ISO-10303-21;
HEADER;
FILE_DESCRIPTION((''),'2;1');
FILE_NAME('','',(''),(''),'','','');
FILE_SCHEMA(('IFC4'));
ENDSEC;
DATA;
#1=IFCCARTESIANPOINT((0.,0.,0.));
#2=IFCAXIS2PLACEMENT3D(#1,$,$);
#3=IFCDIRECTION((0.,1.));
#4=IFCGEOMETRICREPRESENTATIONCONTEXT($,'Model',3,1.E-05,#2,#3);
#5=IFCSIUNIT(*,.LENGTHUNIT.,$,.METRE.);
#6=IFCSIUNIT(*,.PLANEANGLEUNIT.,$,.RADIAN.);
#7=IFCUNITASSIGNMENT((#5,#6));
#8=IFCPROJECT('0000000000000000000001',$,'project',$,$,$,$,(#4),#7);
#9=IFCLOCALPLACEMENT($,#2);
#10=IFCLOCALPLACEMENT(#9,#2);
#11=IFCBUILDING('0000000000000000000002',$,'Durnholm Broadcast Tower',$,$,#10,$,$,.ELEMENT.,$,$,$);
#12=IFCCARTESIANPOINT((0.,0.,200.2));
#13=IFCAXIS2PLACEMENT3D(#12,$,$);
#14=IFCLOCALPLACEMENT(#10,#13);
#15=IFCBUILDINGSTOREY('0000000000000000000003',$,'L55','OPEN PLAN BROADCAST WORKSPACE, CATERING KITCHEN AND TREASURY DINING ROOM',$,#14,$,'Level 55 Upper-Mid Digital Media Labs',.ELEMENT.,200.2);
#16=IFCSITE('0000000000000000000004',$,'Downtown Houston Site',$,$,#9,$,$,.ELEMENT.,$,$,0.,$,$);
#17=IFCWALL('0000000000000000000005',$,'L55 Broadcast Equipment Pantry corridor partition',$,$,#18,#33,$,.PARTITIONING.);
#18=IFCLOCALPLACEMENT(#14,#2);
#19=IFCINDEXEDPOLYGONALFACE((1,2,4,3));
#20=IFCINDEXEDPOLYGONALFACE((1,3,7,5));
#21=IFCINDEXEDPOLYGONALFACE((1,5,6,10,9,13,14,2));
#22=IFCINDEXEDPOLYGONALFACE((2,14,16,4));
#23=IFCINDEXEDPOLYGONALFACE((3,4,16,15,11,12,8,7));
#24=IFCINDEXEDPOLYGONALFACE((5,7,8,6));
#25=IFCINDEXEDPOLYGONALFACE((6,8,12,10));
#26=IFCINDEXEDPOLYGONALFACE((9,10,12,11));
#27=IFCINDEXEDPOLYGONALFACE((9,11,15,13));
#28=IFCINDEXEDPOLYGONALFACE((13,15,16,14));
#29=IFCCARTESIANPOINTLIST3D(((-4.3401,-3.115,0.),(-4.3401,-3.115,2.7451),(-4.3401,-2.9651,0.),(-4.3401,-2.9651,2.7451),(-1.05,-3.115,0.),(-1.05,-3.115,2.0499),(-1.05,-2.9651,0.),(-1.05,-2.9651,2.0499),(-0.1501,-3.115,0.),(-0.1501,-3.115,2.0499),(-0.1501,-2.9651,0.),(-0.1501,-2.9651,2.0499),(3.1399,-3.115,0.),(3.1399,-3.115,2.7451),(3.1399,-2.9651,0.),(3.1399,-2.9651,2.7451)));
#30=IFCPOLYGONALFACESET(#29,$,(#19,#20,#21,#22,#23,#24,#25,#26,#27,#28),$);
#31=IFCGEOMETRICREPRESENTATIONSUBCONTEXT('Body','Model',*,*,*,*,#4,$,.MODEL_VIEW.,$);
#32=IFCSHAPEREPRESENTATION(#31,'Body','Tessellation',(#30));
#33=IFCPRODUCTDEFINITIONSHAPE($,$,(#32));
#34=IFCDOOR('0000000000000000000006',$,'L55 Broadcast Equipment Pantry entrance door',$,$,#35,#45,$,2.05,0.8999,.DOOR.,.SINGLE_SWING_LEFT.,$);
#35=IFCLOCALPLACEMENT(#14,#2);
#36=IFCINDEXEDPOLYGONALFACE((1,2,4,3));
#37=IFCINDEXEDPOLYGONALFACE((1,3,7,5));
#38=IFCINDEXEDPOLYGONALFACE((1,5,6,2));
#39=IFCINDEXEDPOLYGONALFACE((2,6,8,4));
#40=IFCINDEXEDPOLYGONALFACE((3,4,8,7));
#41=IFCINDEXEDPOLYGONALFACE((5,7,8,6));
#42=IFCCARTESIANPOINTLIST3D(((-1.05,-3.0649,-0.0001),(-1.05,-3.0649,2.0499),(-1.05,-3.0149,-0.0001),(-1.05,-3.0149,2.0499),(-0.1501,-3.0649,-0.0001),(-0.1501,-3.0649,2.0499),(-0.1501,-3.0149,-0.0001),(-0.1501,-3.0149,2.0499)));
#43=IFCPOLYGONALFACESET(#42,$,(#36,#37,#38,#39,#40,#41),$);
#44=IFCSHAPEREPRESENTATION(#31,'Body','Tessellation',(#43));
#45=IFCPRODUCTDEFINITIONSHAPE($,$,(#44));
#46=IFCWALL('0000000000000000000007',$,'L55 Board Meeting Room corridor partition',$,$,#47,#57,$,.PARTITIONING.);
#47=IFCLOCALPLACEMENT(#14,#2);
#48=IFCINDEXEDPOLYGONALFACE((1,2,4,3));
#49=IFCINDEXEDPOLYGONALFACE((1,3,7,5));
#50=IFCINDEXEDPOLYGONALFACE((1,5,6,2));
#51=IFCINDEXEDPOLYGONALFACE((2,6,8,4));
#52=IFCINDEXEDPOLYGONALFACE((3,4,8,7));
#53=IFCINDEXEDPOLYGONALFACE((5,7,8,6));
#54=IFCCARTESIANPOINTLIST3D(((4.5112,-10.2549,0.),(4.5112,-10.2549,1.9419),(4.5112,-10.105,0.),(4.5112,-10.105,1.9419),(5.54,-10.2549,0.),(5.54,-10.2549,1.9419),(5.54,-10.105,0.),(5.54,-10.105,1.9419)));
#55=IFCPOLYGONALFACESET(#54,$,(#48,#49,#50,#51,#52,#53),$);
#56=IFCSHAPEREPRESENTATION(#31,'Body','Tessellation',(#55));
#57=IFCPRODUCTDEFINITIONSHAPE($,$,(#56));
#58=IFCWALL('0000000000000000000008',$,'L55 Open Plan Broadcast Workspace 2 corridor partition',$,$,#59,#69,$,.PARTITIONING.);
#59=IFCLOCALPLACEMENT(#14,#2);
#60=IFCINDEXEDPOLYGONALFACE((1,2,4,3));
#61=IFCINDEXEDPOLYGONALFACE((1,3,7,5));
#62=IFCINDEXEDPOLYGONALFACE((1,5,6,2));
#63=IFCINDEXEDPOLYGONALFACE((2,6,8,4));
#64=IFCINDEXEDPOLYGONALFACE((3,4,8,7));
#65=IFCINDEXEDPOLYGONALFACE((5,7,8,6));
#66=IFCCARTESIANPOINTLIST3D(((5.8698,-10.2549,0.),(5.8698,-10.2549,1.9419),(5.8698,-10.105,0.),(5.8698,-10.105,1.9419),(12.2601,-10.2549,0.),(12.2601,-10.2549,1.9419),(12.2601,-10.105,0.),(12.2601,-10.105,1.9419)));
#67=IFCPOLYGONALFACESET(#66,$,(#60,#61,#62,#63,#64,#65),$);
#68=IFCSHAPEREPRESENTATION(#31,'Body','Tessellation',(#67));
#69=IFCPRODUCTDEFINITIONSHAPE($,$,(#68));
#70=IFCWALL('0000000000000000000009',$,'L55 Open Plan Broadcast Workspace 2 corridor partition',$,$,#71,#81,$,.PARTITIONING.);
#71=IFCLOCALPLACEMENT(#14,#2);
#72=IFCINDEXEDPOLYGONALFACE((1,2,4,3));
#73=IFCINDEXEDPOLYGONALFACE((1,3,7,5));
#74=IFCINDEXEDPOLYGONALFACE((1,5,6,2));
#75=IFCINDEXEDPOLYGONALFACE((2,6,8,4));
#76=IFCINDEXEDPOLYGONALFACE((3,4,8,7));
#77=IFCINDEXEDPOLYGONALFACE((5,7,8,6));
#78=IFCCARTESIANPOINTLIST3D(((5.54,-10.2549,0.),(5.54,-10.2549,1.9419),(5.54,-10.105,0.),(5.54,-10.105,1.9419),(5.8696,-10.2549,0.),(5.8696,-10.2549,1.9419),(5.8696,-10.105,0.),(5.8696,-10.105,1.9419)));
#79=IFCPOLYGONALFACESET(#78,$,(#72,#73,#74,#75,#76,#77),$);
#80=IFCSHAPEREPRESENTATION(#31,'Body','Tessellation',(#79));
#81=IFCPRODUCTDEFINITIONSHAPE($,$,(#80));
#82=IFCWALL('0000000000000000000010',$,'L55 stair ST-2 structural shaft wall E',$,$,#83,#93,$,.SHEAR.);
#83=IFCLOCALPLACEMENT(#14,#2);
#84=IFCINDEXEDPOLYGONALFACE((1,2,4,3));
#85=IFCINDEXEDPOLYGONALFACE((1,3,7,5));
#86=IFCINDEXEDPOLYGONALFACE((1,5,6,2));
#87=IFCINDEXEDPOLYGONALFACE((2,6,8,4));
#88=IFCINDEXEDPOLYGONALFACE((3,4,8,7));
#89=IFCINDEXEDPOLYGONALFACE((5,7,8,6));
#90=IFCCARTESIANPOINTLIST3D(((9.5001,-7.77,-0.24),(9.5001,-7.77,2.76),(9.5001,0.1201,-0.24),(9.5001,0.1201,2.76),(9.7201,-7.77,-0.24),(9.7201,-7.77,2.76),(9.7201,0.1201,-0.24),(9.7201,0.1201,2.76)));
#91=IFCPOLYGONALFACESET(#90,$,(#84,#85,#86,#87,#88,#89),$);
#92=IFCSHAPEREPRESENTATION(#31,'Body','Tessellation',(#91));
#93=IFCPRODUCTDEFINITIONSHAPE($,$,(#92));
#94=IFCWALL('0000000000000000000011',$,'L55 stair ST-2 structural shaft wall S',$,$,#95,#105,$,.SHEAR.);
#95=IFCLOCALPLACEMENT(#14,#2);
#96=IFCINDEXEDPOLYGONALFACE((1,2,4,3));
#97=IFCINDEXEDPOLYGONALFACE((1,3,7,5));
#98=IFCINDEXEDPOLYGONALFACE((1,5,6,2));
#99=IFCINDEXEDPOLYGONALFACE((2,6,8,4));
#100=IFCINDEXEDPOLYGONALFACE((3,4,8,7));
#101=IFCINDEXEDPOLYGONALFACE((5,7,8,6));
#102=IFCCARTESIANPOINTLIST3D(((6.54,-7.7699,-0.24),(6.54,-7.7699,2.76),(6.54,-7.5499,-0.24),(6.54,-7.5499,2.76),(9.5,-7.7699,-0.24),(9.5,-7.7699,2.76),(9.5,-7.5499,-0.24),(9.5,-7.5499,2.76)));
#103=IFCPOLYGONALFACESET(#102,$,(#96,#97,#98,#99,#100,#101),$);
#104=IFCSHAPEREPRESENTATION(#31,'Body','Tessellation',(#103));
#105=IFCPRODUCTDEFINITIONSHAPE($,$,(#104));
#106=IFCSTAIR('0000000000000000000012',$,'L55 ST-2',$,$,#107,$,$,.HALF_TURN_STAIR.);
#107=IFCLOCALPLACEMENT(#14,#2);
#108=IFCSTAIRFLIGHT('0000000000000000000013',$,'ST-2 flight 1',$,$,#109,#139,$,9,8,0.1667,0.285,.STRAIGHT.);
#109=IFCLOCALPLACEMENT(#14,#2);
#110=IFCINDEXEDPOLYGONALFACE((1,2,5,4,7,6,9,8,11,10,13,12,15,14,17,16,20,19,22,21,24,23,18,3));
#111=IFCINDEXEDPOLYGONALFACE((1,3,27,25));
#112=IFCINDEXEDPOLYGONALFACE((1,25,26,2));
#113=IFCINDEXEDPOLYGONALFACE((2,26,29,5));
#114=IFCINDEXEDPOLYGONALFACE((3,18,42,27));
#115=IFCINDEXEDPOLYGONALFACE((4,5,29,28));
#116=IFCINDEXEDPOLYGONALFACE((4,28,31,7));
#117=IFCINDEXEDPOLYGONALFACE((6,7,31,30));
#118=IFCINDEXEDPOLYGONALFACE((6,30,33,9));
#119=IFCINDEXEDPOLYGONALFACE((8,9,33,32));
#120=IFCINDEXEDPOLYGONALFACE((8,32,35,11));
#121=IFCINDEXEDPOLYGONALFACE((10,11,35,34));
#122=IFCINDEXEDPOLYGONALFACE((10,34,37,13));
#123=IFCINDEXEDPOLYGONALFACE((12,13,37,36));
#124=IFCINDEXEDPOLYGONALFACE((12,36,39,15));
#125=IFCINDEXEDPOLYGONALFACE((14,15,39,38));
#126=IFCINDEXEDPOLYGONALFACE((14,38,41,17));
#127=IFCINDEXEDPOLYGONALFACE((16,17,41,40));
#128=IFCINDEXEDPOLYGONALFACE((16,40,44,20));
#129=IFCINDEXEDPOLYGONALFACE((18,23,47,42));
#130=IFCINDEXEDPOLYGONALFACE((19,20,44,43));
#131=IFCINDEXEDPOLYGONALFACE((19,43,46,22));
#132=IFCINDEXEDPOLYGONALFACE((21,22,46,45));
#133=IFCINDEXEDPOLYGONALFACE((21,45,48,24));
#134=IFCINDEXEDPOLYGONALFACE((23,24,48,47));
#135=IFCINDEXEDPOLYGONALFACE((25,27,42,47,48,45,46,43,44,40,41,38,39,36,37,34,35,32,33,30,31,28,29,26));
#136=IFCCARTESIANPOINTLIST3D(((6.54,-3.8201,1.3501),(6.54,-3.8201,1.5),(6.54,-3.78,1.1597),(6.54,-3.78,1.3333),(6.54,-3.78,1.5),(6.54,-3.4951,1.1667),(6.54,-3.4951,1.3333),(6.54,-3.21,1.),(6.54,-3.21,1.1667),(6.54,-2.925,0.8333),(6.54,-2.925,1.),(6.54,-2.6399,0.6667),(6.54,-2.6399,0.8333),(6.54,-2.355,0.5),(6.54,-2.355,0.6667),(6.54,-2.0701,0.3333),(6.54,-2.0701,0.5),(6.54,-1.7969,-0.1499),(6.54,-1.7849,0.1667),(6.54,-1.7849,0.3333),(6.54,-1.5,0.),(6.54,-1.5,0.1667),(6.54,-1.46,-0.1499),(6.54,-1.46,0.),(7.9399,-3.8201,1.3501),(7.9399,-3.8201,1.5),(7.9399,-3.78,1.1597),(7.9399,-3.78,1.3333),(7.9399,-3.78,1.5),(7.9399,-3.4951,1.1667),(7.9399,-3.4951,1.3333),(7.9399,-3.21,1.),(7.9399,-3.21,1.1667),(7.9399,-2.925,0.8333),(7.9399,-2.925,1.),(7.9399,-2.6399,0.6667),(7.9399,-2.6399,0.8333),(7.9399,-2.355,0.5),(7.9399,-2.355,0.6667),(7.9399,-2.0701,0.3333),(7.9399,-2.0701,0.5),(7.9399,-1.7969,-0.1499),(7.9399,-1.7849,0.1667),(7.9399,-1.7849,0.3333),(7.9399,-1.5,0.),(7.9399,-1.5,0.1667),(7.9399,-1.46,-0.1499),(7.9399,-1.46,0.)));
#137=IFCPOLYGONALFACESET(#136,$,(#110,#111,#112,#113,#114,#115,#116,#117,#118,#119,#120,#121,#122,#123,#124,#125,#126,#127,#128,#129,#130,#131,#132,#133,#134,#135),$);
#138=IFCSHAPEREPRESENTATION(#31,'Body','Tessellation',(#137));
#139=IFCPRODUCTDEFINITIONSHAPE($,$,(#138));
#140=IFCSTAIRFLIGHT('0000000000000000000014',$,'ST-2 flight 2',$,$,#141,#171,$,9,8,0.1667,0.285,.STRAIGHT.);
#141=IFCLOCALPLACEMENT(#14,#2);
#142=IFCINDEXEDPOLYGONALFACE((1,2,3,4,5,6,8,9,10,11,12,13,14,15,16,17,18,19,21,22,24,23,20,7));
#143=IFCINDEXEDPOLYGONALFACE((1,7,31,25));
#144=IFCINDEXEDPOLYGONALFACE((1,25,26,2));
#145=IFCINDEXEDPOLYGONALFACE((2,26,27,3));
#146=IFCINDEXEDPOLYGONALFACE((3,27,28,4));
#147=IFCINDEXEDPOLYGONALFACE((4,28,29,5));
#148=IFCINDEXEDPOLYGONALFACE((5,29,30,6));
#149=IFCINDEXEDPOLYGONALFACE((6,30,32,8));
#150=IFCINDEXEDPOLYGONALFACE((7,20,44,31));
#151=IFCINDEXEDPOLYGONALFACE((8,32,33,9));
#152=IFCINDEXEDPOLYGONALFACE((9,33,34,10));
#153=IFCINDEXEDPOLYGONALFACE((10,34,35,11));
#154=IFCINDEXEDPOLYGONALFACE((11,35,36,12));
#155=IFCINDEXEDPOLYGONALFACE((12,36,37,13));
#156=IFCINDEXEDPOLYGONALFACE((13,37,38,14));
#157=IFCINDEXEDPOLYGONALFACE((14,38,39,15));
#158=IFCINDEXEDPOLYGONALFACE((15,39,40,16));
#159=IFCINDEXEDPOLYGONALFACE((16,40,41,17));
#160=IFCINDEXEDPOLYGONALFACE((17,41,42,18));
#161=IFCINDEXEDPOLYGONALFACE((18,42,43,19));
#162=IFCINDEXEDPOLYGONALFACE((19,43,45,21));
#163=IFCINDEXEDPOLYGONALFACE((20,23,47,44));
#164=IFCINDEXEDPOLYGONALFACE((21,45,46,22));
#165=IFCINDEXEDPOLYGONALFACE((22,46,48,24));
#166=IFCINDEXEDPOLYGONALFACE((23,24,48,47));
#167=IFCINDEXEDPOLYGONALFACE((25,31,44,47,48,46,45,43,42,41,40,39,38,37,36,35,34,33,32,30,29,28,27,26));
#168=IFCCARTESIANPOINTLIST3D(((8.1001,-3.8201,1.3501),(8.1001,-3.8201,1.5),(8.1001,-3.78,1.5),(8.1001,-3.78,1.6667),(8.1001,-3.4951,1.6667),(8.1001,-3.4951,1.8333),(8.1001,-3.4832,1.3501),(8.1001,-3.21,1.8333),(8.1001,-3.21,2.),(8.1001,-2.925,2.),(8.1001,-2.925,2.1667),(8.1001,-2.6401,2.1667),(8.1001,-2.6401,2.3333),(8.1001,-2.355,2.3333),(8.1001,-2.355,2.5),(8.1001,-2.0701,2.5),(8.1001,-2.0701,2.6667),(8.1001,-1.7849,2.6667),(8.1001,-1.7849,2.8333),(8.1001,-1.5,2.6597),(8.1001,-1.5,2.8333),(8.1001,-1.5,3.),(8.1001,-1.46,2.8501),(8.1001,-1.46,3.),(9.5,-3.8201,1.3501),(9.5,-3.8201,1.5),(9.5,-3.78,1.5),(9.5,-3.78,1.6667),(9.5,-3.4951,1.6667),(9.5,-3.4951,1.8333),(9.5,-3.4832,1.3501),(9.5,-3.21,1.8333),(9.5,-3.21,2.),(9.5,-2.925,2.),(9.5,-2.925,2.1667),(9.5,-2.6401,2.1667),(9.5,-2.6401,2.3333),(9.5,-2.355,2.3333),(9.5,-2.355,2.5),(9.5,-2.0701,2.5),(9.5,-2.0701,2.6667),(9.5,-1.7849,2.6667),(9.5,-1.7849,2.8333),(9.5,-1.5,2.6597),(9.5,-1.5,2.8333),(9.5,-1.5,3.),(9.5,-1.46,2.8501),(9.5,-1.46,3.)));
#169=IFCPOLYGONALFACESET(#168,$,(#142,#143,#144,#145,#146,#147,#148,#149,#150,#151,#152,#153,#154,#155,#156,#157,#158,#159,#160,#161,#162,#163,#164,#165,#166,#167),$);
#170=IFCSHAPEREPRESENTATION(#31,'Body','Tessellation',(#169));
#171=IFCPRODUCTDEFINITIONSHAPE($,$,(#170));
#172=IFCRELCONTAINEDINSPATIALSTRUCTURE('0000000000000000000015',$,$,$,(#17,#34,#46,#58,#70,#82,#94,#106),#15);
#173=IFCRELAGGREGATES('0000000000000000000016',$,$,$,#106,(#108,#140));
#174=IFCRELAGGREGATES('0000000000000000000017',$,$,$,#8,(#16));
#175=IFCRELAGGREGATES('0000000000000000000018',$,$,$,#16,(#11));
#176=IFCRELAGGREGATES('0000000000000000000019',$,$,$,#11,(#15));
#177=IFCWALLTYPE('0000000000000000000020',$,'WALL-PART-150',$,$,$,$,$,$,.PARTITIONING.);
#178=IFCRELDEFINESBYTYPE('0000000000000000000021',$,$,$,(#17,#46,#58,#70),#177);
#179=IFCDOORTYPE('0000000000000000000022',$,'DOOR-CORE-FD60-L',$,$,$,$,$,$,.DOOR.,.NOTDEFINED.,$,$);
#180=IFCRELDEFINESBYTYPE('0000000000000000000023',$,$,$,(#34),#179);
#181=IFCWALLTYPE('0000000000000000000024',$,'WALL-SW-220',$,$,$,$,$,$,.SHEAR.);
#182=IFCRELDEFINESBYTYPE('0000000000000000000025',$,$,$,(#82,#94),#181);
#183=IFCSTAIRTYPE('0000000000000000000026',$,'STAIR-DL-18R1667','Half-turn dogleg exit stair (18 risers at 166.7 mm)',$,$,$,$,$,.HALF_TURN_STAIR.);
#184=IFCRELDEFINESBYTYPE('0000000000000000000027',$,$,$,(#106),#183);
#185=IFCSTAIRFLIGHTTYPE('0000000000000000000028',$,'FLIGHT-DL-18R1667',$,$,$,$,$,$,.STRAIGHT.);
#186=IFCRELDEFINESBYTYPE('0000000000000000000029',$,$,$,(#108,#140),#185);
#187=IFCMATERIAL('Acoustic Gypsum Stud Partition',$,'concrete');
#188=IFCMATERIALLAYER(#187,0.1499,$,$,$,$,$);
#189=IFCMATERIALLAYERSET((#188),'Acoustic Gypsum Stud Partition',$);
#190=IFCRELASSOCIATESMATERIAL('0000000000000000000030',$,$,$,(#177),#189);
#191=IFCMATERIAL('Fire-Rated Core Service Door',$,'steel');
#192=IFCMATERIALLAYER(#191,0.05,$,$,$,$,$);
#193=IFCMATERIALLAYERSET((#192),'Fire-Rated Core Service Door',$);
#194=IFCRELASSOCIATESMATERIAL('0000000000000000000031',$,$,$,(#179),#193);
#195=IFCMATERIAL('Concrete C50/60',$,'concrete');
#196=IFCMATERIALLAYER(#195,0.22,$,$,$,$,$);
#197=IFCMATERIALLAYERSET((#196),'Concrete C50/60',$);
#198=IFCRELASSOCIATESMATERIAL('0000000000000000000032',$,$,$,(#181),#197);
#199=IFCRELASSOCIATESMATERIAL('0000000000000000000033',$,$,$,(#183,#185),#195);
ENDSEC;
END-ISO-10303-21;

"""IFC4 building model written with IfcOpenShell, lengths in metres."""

from ifc_helpers import new_model, si_unit, direction, frame, frame_2d, origin, place, context, subcontext, project, spatial, polyline, rectangle, outline, extrude, source, transform, mapped, material, layer, layer_set, type_object, type_shapes, element, fill, aggregate, save


model = new_model("IFC4")

# Units and contexts
model_context = context("Model", 3, precision=1e-05, world=origin(), true_north=direction((0.0, 1.0)))
body_context = subcontext(model_context, "Body", "Model", "MODEL_VIEW")
ifc_project = project(units=[si_unit("LENGTHUNIT", "METRE"), si_unit("PLANEANGLEUNIT", "RADIAN")], contexts=[model_context])

# Site, building, storey
site_placement = place(None, origin())
site = spatial("IfcSite", under=ifc_project, at=site_placement, Name="Downtown Houston Site", CompositionType="ELEMENT", RefElevation=0.0)
building_placement = place(site_placement, origin())
building = spatial("IfcBuilding", under=site, at=building_placement, Name="Durnholm Broadcast Tower", CompositionType="ELEMENT")
storey_placement = place(building_placement, frame((0.0, 0.0, 200.2)))
storey = spatial("IfcBuildingStorey", under=building, at=storey_placement, Name="L55", Description="OPEN PLAN BROADCAST WORKSPACE, CATERING KITCHEN AND TREASURY DINING ROOM", LongName="Level 55 Upper-Mid Digital Media Labs", CompositionType="ELEMENT", Elevation=200.2)

# Wall, opening, door
ifc_material_1 = material(Name="Acoustic Gypsum Stud Partition", Category="concrete")
ifc_layer_1 = layer(ifc_material_1, 0.1499)
ifc_layer_set_1 = layer_set([ifc_layer_1], Name="Acoustic Gypsum Stud Partition")
wall_type_1 = type_object("IfcWallType", Name="WALL-PART-150", PredefinedType="PARTITIONING", material=ifc_layer_set_1)
ifc_material_2 = material(Name="Fire-Rated Core Service Door", Category="steel")
wall_1_placement = place(storey_placement, frame((3.1399, -3.04, 0.0), z_axis=(0.0, 0.0, 1.0), x_axis=(-1.0, 0.0, 0.0)))
wall_1 = element("IfcWall", 1, at=wall_1_placement, inside=storey, type_object=wall_type_1, Name="L55 Broadcast Equipment Pantry corridor partition", PredefinedType="PARTITIONING", context=body_context, shape_type="SweptSolid", body=[
    extrude(rectangle(XDim=7.48, YDim=0.1499, at=frame_2d((3.74, 0.0))), origin(), (0.0, 0.0, 1.0), 2.7451),
])
opening_1_placement = place(wall_1_placement, frame((3.29, 0.0, 0.0)))
opening_1 = element("IfcOpeningElement", 2, at=opening_1_placement, cuts=wall_1, PredefinedType="OPENING", context=body_context, shape_type="SweptSolid", body=[
    extrude(rectangle(XDim=0.8999, YDim=2.05, at=frame_2d((0.45, 1.0249))), frame((0.0, 0.085, 0.0), z_axis=(0.0, -1.0, 0.0), x_axis=(1.0, 0.0, 0.0)), (0.0, 0.0, 1.0), 0.1699),
])
ifc_layer_2 = layer(ifc_material_2, 0.05)
ifc_layer_set_2 = layer_set([ifc_layer_2], Name="Fire-Rated Core Service Door")
door_type_1 = type_object("IfcDoorType", Name="DOOR-CORE-FD60-L", OperationType="NOTDEFINED", PredefinedType="DOOR", material=ifc_layer_set_2)
shared_shape_1 = source(origin(), body_context, "Body", "SweptSolid", [
    extrude(rectangle(XDim=0.8999, YDim=2.05, at=frame_2d((0.45, 1.0249))), frame((0.0, 0.0249, 0.0), z_axis=(0.0, -1.0, 0.0), x_axis=(1.0, 0.0, 0.0)), (0.0, 0.0, 1.0), 0.05),
])
type_shapes(door_type_1, [shared_shape_1])
door_1_placement = place(opening_1_placement, origin())
door_1 = element("IfcDoor", 3, at=door_1_placement, inside=storey, type_object=door_type_1, Name="L55 Broadcast Equipment Pantry entrance door", OperationType="SINGLE_SWING_LEFT", OverallHeight=2.05, OverallWidth=0.8999, PredefinedType="DOOR", context=body_context, shape_type="MappedRepresentation", body=[
    mapped(shared_shape_1, transform((0.0, 0.0, 0.0), x_axis=(1.0, 0.0, 0.0), y_axis=(0.0, 1.0, 0.0), z_axis=(0.0, 0.0, 1.0), scale=1.0)),
])
fill(opening_1, door_1)

# Walls
wall_2_placement = place(storey_placement, frame((4.5112, -10.1799, 0.0), z_axis=(0.0, 0.0, 1.0), x_axis=(1.0, 0.0, 0.0)))
element("IfcWall", 4, at=wall_2_placement, inside=storey, type_object=wall_type_1, Name="L55 Board Meeting Room corridor partition", PredefinedType="PARTITIONING", context=body_context, shape_type="SweptSolid", body=[
    extrude(rectangle(XDim=1.0288, YDim=0.1499, at=frame_2d((0.5144, 0.0))), origin(), (0.0, 0.0, 1.0), 1.9419),
])
wall_3_placement = place(storey_placement, frame((5.8696, -10.1799, 0.0), z_axis=(0.0, 0.0, 1.0), x_axis=(1.0, 0.0, 0.0)))
element("IfcWall", 5, at=wall_3_placement, inside=storey, type_object=wall_type_1, Name="L55 Open Plan Broadcast Workspace 2 corridor partition", PredefinedType="PARTITIONING", context=body_context, shape_type="SweptSolid", body=[
    extrude(rectangle(XDim=6.3904, YDim=0.1499, at=frame_2d((3.1953, 0.0))), origin(), (0.0, 0.0, 1.0), 1.9419),
])
wall_4_placement = place(storey_placement, frame((5.54, -10.1799, 0.0), z_axis=(0.0, 0.0, 1.0), x_axis=(1.0, 0.0, 0.0)))
element("IfcWall", 6, at=wall_4_placement, inside=storey, type_object=wall_type_1, Name="L55 Open Plan Broadcast Workspace 2 corridor partition", PredefinedType="PARTITIONING", context=body_context, shape_type="SweptSolid", body=[
    extrude(rectangle(XDim=0.3296, YDim=0.1499, at=frame_2d((0.1648, 0.0))), origin(), (0.0, 0.0, 1.0), 1.9419),
])
ifc_material_3 = material(Name="Concrete C50/60", Category="concrete")
ifc_layer_3 = layer(ifc_material_3, 0.22)
ifc_layer_set_3 = layer_set([ifc_layer_3], Name="Concrete C50/60")
wall_type_2 = type_object("IfcWallType", Name="WALL-SW-220", PredefinedType="SHEAR", material=ifc_layer_set_3)
wall_5_placement = place(storey_placement, frame((9.6101, -7.77, -0.24), z_axis=(0.0, 0.0, 1.0), x_axis=(0.0, 1.0, 0.0)))
element("IfcWall", 7, at=wall_5_placement, inside=storey, type_object=wall_type_2, Name="L55 stair ST-2 structural shaft wall E", PredefinedType="SHEAR", context=body_context, shape_type="SweptSolid", body=[
    extrude(rectangle(XDim=7.8901, YDim=0.22, at=frame_2d((3.9451, 0.0))), origin(), (0.0, 0.0, 1.0), 3.0),
])
wall_6_placement = place(storey_placement, frame((6.54, -7.6599, -0.24), z_axis=(0.0, 0.0, 1.0), x_axis=(1.0, 0.0, 0.0)))
element("IfcWall", 8, at=wall_6_placement, inside=storey, type_object=wall_type_2, Name="L55 stair ST-2 structural shaft wall S", PredefinedType="SHEAR", context=body_context, shape_type="SweptSolid", body=[
    extrude(rectangle(XDim=2.96, YDim=0.22, at=frame_2d((1.48, 0.0))), origin(), (0.0, 0.0, 1.0), 3.0),
])

# Stair, stair flights
stair_type = type_object("IfcStairType", Name="STAIR-DL-18R1667", Description="Half-turn dogleg exit stair (18 risers at 166.7 mm)", PredefinedType="HALF_TURN_STAIR", material=ifc_material_3)
stair_placement = place(storey_placement, origin())
stair = element("IfcStair", 9, at=stair_placement, inside=storey, type_object=stair_type, Name="L55 ST-2", PredefinedType="HALF_TURN_STAIR")
stair_flight_type = type_object("IfcStairFlightType", Name="FLIGHT-DL-18R1667", PredefinedType="STRAIGHT", material=ifc_material_3)
stair_flight_1_placement = place(storey_placement, frame((7.24, -1.5, 0.0), z_axis=(0.0, 0.0, 1.0), x_axis=(0.0, -1.0, 0.0)))
stair_flight_1 = element("IfcStairFlight", 10, at=stair_flight_1_placement, type_object=stair_flight_type, Name="ST-2 flight 1", NumberOfRisers=9, NumberOfTreads=8, PredefinedType="STRAIGHT", RiserHeight=0.1667, TreadLength=0.285, context=body_context, shape_type="SweptSolid", body=[
    extrude(outline(polyline([(-0.04, -0.1499), (-0.04, 0.0), (0.0, 0.0), (0.0, 0.1667), (0.2849, 0.1667), (0.2849, 0.3333), (0.5701, 0.3333), (0.5701, 0.5), (0.855, 0.5), (0.855, 0.6667), (1.1399, 0.6667), (1.1399, 0.8333), (1.425, 0.8333), (1.425, 1.0), (1.71, 1.0), (1.71, 1.1667), (1.9951, 1.1667), (1.9951, 1.3333), (2.28, 1.3333), (2.28, 1.5), (2.3201, 1.5), (2.3201, 1.3501), (2.28, 1.1597), (0.2969, -0.1499), (-0.04, -0.1499)])), frame((0.0, 0.7, 0.0), z_axis=(0.0, -1.0, 0.0), x_axis=(1.0, 0.0, 0.0)), (0.0, 0.0, 1.0), 1.3999),
])
stair_flight_2_placement = place(storey_placement, frame((8.8, -3.78, 1.5), z_axis=(0.0, 0.0, 1.0), x_axis=(0.0, 1.0, 0.0)))
stair_flight_2 = element("IfcStairFlight", 11, at=stair_flight_2_placement, type_object=stair_flight_type, Name="ST-2 flight 2", NumberOfRisers=9, NumberOfTreads=8, PredefinedType="STRAIGHT", RiserHeight=0.1667, TreadLength=0.285, context=body_context, shape_type="SweptSolid", body=[
    extrude(outline(polyline([(-0.04, -0.1499), (-0.04, 0.0), (0.0, 0.0), (0.0, 0.1667), (0.2849, 0.1667), (0.2849, 0.3333), (0.5701, 0.3333), (0.5701, 0.5), (0.855, 0.5), (0.855, 0.6667), (1.1399, 0.6667), (1.1399, 0.8333), (1.425, 0.8333), (1.425, 1.0), (1.71, 1.0), (1.71, 1.1667), (1.9951, 1.1667), (1.9951, 1.3333), (2.28, 1.3333), (2.28, 1.5), (2.3201, 1.5), (2.3201, 1.3501), (2.28, 1.1597), (0.2969, -0.1499), (-0.04, -0.1499)])), frame((0.0, 0.7, 0.0), z_axis=(0.0, -1.0, 0.0), x_axis=(1.0, 0.0, 0.0)), (0.0, 0.0, 1.0), 1.3999),
])
aggregate(stair, [stair_flight_1, stair_flight_2])

save(model, "model.ifc")
